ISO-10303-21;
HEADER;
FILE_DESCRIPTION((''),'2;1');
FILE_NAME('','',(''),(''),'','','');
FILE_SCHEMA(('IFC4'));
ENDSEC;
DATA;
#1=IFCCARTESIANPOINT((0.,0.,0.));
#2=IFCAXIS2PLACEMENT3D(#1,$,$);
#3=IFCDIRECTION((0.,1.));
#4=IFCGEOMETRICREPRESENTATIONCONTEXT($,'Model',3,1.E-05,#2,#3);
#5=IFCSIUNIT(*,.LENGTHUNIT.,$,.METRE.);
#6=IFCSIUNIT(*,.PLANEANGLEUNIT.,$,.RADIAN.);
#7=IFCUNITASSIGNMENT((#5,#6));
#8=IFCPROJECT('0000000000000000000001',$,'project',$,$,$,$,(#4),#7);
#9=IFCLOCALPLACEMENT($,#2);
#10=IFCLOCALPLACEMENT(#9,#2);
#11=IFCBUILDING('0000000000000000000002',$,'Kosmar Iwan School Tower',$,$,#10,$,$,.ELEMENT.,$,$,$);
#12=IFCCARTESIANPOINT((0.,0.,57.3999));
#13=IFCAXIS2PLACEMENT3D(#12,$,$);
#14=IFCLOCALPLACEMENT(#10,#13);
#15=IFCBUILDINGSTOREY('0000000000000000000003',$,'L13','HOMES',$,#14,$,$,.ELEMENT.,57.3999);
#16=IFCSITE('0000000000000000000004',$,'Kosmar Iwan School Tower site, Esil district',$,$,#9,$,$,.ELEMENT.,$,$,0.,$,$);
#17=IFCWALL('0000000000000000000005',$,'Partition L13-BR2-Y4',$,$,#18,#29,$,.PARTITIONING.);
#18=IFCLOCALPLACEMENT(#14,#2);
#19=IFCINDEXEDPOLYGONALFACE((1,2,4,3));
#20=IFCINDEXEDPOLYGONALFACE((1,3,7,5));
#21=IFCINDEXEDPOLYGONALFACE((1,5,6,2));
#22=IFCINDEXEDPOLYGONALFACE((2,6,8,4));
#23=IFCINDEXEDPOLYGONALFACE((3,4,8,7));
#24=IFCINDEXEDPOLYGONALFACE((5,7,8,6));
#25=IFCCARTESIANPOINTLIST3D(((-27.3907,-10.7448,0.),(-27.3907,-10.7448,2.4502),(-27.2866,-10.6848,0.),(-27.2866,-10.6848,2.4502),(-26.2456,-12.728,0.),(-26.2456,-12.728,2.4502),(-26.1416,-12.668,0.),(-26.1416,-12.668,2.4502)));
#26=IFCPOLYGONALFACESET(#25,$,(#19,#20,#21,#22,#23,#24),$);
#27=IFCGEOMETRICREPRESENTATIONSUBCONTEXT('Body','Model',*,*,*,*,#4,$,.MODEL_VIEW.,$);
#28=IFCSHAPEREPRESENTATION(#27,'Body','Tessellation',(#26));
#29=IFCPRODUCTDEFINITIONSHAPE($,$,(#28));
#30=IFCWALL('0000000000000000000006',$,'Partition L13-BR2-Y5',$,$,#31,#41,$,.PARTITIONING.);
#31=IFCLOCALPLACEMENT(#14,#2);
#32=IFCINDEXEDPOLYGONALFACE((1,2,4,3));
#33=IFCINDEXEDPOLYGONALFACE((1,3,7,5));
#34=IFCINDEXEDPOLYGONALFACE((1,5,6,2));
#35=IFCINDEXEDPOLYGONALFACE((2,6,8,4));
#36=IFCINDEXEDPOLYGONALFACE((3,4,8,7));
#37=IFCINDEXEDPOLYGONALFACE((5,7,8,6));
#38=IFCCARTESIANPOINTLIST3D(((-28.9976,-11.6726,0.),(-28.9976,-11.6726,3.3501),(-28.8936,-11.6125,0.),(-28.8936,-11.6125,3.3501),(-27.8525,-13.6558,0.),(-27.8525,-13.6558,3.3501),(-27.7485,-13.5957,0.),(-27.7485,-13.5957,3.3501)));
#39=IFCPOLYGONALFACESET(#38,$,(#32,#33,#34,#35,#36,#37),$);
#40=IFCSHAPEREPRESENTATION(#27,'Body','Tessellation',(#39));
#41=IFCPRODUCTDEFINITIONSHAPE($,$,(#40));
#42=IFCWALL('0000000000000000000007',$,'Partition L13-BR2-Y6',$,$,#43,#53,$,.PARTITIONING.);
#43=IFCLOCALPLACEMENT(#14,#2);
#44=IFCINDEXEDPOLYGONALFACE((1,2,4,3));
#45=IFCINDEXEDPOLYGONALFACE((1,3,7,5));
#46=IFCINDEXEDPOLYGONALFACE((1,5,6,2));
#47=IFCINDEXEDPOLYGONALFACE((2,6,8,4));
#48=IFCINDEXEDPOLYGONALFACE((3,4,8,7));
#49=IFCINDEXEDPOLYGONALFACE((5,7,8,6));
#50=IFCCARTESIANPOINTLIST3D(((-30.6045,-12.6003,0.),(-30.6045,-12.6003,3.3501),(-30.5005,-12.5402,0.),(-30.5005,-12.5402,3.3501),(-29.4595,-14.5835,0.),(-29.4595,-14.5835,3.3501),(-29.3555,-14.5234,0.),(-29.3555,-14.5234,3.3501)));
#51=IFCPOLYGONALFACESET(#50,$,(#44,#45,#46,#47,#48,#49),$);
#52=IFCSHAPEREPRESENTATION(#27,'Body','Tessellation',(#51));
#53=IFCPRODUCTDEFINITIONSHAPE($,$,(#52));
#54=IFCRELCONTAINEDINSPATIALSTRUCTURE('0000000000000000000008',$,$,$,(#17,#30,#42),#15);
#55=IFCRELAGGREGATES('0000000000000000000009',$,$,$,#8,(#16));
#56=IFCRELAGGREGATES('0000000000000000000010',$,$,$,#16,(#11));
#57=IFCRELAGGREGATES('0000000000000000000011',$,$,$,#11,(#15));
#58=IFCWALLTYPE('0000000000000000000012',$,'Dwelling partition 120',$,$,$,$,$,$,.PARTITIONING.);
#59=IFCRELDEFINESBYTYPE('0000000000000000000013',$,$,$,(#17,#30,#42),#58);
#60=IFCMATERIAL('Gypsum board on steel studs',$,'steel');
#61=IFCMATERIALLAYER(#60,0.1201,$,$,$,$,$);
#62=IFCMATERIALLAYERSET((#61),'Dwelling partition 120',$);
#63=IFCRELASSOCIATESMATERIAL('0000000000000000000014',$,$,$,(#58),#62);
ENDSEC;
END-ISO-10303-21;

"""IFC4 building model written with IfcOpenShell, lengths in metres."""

from ifc_helpers import new_model, si_unit, direction, frame, frame_2d, origin, place, context, subcontext, project, spatial, rectangle, extrude, material, layer, layer_set, type_object, element, save


model = new_model("IFC4")

# Units and contexts
model_context = context("Model", 3, precision=1e-05, world=origin(), true_north=direction((0.0, 1.0)))
body_context = subcontext(model_context, "Body", "Model", "MODEL_VIEW")
ifc_project = project(units=[si_unit("LENGTHUNIT", "METRE"), si_unit("PLANEANGLEUNIT", "RADIAN")], contexts=[model_context])

# Site, building, storey
site_placement = place(None, origin())
site = spatial("IfcSite", under=ifc_project, at=site_placement, Name="Kosmar Iwan School Tower site, Esil district", CompositionType="ELEMENT", RefElevation=0.0)
building_placement = place(site_placement, origin())
building = spatial("IfcBuilding", under=site, at=building_placement, Name="Kosmar Iwan School Tower", CompositionType="ELEMENT")
storey_placement = place(building_placement, frame((0.0, 0.0, 57.3999)))
storey = spatial("IfcBuildingStorey", under=building, at=storey_placement, Name="L13", Description="HOMES", CompositionType="ELEMENT", Elevation=57.3999)

# Walls
ifc_material_1 = material(Name="Gypsum board on steel studs", Category="steel")
ifc_layer_1 = layer(ifc_material_1, 0.1201)
ifc_layer_set_1 = layer_set([ifc_layer_1], Name="Dwelling partition 120")
wall_type_1 = type_object("IfcWallType", Name="Dwelling partition 120", PredefinedType="PARTITIONING", material=ifc_layer_set_1)
wall_1_placement = place(storey_placement, frame((-26.1936, -12.698, 0.0), z_axis=(0.0, 0.0, 1.0), x_axis=(-0.500015, 0.866017, 0.0)))
element("IfcWall", 1, at=wall_1_placement, inside=storey, type_object=wall_type_1, Name="Partition L13-BR2-Y4", PredefinedType="PARTITIONING", context=body_context, shape_type="SweptSolid", body=[
    extrude(rectangle(XDim=2.29, YDim=0.1201, at=frame_2d((1.145, 0.0))), origin(), (0.0, 0.0, 1.0), 2.4502),
])
for number, where, z_axis, x_axis, name in (
    (2, (-27.8005, -13.6257, 0.0), (0.0, 0.0, 1.0), (-0.500015, 0.866017, 0.0), "Partition L13-BR2-Y5"),
    (3, (-29.4075, -14.5535, 0.0), (0.0, 0.0, 1.0), (-0.500015, 0.866017, 0.0), "Partition L13-BR2-Y6"),
):
    element("IfcWall", number, at=place(storey_placement, frame(where, z_axis=z_axis, x_axis=x_axis)), inside=storey, type_object=wall_type_1, Name=name, PredefinedType="PARTITIONING", context=body_context, shape_type="SweptSolid", body=[
        extrude(rectangle(XDim=2.29, YDim=0.1201, at=frame_2d((1.145, 0.0))), origin(), (0.0, 0.0, 1.0), 3.3501),
    ])

save(model, "model.ifc")
